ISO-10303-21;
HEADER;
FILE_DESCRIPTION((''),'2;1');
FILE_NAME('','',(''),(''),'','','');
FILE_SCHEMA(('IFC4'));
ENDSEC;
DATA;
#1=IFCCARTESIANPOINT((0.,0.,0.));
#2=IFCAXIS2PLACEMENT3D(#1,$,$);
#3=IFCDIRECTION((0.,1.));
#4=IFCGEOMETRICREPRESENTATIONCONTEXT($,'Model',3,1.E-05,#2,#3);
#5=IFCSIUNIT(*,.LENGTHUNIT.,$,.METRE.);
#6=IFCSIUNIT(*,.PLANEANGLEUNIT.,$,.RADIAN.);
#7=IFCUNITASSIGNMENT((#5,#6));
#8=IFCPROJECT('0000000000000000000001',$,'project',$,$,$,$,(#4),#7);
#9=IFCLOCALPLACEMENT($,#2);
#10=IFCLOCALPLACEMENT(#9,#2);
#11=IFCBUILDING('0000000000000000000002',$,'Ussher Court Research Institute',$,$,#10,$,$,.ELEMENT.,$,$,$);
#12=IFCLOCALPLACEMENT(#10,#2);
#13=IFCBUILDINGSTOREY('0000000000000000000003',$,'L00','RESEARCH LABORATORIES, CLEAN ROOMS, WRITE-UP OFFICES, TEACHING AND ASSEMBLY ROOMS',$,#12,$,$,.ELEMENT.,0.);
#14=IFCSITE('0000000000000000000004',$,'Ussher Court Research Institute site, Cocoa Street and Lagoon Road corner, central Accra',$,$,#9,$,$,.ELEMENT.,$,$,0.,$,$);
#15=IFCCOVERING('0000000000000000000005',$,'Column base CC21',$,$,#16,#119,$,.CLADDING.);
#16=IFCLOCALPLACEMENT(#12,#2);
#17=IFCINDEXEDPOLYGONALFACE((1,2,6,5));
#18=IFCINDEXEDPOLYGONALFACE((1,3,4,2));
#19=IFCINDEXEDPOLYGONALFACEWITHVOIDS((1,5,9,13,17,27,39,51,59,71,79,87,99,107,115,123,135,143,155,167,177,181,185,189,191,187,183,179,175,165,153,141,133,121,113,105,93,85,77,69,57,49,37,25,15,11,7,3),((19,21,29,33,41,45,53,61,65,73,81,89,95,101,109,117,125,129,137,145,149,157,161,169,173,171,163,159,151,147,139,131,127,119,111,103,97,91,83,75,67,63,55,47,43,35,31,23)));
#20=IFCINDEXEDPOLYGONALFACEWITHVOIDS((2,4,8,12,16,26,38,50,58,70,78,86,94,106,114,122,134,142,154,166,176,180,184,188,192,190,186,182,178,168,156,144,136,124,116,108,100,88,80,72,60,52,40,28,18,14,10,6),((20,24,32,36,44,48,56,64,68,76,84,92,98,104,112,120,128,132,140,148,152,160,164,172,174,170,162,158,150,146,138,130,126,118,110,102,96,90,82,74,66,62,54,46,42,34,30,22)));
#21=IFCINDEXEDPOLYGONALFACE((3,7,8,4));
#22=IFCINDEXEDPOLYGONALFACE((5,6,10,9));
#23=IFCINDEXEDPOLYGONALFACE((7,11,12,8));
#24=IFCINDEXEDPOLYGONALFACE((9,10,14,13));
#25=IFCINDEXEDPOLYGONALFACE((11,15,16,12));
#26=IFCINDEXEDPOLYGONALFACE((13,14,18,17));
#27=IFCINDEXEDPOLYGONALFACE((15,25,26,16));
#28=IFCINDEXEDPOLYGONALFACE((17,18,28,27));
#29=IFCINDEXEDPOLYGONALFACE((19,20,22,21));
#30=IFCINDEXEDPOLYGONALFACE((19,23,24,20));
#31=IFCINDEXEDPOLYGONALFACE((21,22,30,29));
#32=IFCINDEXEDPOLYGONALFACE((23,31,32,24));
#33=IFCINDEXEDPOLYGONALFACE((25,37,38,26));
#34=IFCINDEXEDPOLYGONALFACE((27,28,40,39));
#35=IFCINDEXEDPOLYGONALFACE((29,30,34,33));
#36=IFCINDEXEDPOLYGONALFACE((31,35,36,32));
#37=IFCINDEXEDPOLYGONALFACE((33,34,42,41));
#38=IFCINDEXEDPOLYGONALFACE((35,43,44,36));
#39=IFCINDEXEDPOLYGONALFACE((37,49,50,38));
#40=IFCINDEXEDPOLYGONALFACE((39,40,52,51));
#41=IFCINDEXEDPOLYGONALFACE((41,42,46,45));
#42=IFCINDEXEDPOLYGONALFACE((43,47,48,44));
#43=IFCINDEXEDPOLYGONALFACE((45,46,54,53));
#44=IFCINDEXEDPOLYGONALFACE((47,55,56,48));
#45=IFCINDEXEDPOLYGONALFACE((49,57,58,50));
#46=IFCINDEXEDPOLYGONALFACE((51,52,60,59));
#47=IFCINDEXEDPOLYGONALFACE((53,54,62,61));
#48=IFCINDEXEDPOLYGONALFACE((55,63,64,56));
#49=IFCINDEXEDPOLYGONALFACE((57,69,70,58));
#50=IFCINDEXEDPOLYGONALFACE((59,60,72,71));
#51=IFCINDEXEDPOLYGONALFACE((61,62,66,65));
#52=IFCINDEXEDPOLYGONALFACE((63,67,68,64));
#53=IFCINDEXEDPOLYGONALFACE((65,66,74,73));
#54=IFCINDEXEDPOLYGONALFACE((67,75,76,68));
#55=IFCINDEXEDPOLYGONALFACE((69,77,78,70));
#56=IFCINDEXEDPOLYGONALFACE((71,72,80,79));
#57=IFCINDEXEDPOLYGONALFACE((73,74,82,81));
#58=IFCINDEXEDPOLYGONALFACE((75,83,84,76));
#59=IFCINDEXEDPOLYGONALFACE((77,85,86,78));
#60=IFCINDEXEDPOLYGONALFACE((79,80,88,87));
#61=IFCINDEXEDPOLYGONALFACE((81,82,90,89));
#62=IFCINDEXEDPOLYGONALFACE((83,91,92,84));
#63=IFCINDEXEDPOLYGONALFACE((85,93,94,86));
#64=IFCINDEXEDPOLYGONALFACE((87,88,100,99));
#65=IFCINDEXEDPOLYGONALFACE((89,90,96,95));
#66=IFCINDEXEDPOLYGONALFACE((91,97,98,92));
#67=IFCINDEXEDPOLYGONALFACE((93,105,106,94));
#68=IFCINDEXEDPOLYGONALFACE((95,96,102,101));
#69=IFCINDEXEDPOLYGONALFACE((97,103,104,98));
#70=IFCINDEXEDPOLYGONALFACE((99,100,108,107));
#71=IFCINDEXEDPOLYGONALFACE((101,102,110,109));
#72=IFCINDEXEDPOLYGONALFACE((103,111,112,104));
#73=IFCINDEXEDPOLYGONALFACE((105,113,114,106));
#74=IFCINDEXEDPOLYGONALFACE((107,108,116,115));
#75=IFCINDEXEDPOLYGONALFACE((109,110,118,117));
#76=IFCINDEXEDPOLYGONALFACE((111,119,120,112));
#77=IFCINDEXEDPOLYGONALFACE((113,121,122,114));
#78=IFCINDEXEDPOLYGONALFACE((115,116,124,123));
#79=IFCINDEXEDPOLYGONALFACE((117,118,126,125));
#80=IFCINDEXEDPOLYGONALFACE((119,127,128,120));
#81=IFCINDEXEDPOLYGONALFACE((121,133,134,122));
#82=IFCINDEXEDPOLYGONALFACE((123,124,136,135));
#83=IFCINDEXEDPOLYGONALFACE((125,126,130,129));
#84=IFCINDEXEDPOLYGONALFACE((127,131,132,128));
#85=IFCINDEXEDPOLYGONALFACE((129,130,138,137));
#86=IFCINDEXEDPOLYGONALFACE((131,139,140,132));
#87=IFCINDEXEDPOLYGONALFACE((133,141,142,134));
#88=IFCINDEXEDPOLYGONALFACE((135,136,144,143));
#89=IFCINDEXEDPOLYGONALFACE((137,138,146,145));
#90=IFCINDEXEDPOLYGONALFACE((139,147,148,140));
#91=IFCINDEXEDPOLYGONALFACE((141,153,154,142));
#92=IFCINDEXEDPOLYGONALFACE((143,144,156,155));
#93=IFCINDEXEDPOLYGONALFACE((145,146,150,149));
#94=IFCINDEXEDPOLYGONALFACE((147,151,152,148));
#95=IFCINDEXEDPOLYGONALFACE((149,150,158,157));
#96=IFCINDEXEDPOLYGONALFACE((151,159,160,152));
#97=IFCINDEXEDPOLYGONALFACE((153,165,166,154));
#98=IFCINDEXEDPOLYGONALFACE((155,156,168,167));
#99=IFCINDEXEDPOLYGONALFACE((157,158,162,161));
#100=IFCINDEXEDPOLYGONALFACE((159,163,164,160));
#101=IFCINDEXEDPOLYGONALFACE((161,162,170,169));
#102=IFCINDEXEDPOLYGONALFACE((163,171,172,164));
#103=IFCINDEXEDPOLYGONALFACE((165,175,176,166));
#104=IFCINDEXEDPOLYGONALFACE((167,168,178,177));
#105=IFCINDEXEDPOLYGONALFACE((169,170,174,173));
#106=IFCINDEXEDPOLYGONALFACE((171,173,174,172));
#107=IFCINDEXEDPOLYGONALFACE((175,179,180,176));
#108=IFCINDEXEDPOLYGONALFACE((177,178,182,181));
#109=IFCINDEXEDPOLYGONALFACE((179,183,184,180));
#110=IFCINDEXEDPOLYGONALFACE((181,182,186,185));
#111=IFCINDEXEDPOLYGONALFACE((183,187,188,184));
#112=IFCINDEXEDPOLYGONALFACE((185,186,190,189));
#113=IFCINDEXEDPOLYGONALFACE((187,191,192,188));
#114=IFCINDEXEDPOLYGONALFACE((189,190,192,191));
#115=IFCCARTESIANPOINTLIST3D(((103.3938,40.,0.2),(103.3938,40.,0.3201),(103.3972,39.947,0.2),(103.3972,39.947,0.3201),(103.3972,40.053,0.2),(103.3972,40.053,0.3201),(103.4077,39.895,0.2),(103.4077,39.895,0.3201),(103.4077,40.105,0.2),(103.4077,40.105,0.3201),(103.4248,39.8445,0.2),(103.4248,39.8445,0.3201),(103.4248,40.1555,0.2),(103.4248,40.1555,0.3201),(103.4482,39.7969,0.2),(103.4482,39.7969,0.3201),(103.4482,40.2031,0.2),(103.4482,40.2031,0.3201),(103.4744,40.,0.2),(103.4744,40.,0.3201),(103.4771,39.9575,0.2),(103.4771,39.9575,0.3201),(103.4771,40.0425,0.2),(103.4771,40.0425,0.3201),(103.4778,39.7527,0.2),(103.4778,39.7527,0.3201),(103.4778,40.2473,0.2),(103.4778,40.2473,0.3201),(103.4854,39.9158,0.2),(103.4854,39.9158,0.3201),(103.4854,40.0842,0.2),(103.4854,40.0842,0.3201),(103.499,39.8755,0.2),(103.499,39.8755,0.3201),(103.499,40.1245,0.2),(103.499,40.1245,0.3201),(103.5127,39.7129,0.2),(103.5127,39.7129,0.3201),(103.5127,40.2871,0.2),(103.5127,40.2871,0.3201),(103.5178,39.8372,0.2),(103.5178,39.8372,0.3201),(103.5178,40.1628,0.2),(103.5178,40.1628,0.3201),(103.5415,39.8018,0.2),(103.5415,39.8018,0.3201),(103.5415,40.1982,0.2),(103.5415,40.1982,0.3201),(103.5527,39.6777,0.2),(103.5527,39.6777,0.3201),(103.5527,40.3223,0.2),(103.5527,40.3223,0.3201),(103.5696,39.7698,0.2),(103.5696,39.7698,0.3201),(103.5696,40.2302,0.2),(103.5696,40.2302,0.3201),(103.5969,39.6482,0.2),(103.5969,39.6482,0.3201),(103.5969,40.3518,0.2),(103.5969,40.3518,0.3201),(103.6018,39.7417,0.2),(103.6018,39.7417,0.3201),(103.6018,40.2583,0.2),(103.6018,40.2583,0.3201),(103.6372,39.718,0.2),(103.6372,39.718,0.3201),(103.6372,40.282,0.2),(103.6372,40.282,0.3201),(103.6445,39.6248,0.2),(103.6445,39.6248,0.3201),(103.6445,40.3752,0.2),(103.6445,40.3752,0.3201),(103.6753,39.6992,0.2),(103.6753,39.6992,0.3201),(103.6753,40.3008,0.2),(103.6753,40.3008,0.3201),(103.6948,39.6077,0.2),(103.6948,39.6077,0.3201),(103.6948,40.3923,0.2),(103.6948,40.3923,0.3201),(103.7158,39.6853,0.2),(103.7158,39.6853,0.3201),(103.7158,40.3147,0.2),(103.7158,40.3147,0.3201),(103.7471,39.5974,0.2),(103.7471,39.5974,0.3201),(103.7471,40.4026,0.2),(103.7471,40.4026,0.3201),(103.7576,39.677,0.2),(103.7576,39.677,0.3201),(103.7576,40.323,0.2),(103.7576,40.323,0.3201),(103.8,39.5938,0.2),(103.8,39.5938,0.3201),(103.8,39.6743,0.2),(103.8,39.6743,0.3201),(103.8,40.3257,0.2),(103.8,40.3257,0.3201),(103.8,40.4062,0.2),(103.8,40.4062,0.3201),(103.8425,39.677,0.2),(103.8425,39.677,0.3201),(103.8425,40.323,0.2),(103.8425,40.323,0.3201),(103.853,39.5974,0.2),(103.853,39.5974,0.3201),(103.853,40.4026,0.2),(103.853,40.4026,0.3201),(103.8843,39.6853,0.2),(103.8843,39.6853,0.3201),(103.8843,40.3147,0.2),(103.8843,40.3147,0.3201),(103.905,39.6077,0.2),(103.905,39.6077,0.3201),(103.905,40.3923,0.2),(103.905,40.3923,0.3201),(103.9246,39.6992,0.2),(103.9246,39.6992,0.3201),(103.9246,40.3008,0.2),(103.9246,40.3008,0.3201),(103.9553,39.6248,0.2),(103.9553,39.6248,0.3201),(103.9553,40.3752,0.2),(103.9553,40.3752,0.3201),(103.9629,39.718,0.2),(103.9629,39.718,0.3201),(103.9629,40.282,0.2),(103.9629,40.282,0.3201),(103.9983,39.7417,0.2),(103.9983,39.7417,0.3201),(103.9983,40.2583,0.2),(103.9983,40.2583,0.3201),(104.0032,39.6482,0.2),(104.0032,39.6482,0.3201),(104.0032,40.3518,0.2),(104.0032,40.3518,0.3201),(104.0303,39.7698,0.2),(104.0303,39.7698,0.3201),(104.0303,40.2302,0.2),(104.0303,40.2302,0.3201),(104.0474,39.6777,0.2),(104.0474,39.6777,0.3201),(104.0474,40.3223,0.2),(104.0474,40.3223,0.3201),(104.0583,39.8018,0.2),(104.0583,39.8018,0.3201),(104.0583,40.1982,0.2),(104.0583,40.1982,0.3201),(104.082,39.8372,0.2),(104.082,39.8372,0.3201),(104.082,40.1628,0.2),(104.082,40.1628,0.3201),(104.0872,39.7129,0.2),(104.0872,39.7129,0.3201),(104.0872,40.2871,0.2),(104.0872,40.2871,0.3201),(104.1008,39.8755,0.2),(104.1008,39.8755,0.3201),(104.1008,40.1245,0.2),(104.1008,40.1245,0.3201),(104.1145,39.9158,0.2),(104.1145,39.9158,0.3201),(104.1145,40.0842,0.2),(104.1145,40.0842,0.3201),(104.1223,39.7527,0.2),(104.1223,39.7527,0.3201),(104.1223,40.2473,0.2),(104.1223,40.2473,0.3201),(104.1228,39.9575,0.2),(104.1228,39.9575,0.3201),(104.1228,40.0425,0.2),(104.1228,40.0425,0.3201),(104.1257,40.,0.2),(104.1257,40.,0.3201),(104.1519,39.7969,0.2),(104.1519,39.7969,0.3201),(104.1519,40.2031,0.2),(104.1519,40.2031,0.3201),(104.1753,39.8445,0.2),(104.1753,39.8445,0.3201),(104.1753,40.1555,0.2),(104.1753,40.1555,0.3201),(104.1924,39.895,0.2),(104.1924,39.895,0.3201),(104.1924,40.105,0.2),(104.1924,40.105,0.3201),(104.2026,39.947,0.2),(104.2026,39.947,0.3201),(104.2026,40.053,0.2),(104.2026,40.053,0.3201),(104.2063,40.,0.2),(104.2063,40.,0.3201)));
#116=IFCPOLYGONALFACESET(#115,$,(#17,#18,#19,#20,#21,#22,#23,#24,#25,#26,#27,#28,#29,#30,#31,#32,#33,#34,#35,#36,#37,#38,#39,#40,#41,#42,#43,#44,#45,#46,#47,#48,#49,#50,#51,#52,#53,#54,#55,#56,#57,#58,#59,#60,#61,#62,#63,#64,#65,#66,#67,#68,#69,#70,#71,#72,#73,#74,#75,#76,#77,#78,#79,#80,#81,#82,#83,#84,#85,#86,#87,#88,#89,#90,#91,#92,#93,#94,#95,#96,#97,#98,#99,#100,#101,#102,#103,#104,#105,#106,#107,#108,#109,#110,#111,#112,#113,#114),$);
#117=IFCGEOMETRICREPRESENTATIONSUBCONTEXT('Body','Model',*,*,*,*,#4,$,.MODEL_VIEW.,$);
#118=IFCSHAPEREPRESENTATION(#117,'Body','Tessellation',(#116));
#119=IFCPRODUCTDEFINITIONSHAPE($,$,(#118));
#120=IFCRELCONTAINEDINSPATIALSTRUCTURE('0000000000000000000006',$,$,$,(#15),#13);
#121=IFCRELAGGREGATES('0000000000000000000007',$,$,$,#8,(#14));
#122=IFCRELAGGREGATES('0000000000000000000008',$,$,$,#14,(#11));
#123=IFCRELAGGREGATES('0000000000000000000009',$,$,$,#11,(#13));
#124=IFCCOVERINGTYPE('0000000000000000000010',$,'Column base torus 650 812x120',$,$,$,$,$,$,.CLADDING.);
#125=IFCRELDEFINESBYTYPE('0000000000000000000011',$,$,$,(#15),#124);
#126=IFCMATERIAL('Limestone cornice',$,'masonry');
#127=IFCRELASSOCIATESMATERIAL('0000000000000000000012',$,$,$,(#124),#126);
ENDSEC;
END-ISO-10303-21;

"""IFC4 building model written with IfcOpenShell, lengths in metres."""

from ifc_helpers import new_model, si_unit, direction, frame, origin, place, context, subcontext, project, spatial, polyline, outline, extrude, material, type_object, element, save


model = new_model("IFC4")

# Units and contexts
model_context = context("Model", 3, precision=1e-05, world=origin(), true_north=direction((0.0, 1.0)))
body_context = subcontext(model_context, "Body", "Model", "MODEL_VIEW")
ifc_project = project(units=[si_unit("LENGTHUNIT", "METRE"), si_unit("PLANEANGLEUNIT", "RADIAN")], contexts=[model_context])

# Site, building, storey
site_placement = place(None, origin())
site = spatial("IfcSite", under=ifc_project, at=site_placement, Name="Ussher Court Research Institute site, Cocoa Street and Lagoon Road corner, central Accra", CompositionType="ELEMENT", RefElevation=0.0)
building_placement = place(site_placement, origin())
building = spatial("IfcBuilding", under=site, at=building_placement, Name="Ussher Court Research Institute", CompositionType="ELEMENT")
storey_placement = place(building_placement, origin())
storey = spatial("IfcBuildingStorey", under=building, at=storey_placement, Name="L00", Description="RESEARCH LABORATORIES, CLEAN ROOMS, WRITE-UP OFFICES, TEACHING AND ASSEMBLY ROOMS", CompositionType="ELEMENT", Elevation=0.0)

# Covering
ifc_material_1 = material(Name="Limestone cornice", Category="masonry")
covering_type_1 = type_object("IfcCoveringType", Name="Column base torus 650 812x120", PredefinedType="CLADDING", material=ifc_material_1)
covering_1_placement = place(storey_placement, frame((0.0, 0.0, 0.2)))
element("IfcCovering", 1, at=covering_1_placement, inside=storey, type_object=covering_type_1, Name="Column base CC21", PredefinedType="CLADDING", context=body_context, shape_type="SweptSolid", body=[
    extrude(outline(polyline([(104.2063, 40.0), (104.2026, 40.053), (104.1924, 40.105), (104.1753, 40.1555), (104.1519, 40.2031), (104.1223, 40.2473), (104.0872, 40.2871), (104.0474, 40.3223), (104.0032, 40.3518), (103.9553, 40.3752), (103.905, 40.3923), (103.853, 40.4026), (103.8, 40.4062), (103.7471, 40.4026), (103.6948, 40.3923), (103.6445, 40.3752), (103.5969, 40.3518), (103.5527, 40.3223), (103.5127, 40.2871), (103.4778, 40.2473), (103.4482, 40.2031), (103.4248, 40.1555), (103.4077, 40.105), (103.3972, 40.053), (103.3938, 40.0), (103.3972, 39.947), (103.4077, 39.895), (103.4248, 39.8445), (103.4482, 39.7969), (103.4778, 39.7527), (103.5127, 39.7129), (103.5527, 39.6777), (103.5969, 39.6482), (103.6445, 39.6248), (103.6948, 39.6077), (103.7471, 39.5974), (103.8, 39.5938), (103.853, 39.5974), (103.905, 39.6077), (103.9553, 39.6248), (104.0032, 39.6482), (104.0474, 39.6777), (104.0872, 39.7129), (104.1223, 39.7527), (104.1519, 39.7969), (104.1753, 39.8445), (104.1924, 39.895), (104.2026, 39.947), (104.2063, 40.0)]), holes=[polyline([(104.1257, 40.0), (104.1228, 40.0425), (104.1145, 40.0842), (104.1008, 40.1245), (104.082, 40.1628), (104.0583, 40.1982), (104.0303, 40.2302), (103.9983, 40.2583), (103.9629, 40.282), (103.9246, 40.3008), (103.8843, 40.3147), (103.8425, 40.323), (103.8, 40.3257), (103.7576, 40.323), (103.7158, 40.3147), (103.6753, 40.3008), (103.6372, 40.282), (103.6018, 40.2583), (103.5696, 40.2302), (103.5415, 40.1982), (103.5178, 40.1628), (103.499, 40.1245), (103.4854, 40.0842), (103.4771, 40.0425), (103.4744, 40.0), (103.4771, 39.9575), (103.4854, 39.9158), (103.499, 39.8755), (103.5178, 39.8372), (103.5415, 39.8018), (103.5696, 39.7698), (103.6018, 39.7417), (103.6372, 39.718), (103.6753, 39.6992), (103.7158, 39.6853), (103.7576, 39.677), (103.8, 39.6743), (103.8425, 39.677), (103.8843, 39.6853), (103.9246, 39.6992), (103.9629, 39.718), (103.9983, 39.7417), (104.0303, 39.7698), (104.0583, 39.8018), (104.082, 39.8372), (104.1008, 39.8755), (104.1145, 39.9158), (104.1228, 39.9575), (104.1257, 40.0)])]), origin(), (0.0, 0.0, 1.0), 0.1201),
])

save(model, "model.ifc")
